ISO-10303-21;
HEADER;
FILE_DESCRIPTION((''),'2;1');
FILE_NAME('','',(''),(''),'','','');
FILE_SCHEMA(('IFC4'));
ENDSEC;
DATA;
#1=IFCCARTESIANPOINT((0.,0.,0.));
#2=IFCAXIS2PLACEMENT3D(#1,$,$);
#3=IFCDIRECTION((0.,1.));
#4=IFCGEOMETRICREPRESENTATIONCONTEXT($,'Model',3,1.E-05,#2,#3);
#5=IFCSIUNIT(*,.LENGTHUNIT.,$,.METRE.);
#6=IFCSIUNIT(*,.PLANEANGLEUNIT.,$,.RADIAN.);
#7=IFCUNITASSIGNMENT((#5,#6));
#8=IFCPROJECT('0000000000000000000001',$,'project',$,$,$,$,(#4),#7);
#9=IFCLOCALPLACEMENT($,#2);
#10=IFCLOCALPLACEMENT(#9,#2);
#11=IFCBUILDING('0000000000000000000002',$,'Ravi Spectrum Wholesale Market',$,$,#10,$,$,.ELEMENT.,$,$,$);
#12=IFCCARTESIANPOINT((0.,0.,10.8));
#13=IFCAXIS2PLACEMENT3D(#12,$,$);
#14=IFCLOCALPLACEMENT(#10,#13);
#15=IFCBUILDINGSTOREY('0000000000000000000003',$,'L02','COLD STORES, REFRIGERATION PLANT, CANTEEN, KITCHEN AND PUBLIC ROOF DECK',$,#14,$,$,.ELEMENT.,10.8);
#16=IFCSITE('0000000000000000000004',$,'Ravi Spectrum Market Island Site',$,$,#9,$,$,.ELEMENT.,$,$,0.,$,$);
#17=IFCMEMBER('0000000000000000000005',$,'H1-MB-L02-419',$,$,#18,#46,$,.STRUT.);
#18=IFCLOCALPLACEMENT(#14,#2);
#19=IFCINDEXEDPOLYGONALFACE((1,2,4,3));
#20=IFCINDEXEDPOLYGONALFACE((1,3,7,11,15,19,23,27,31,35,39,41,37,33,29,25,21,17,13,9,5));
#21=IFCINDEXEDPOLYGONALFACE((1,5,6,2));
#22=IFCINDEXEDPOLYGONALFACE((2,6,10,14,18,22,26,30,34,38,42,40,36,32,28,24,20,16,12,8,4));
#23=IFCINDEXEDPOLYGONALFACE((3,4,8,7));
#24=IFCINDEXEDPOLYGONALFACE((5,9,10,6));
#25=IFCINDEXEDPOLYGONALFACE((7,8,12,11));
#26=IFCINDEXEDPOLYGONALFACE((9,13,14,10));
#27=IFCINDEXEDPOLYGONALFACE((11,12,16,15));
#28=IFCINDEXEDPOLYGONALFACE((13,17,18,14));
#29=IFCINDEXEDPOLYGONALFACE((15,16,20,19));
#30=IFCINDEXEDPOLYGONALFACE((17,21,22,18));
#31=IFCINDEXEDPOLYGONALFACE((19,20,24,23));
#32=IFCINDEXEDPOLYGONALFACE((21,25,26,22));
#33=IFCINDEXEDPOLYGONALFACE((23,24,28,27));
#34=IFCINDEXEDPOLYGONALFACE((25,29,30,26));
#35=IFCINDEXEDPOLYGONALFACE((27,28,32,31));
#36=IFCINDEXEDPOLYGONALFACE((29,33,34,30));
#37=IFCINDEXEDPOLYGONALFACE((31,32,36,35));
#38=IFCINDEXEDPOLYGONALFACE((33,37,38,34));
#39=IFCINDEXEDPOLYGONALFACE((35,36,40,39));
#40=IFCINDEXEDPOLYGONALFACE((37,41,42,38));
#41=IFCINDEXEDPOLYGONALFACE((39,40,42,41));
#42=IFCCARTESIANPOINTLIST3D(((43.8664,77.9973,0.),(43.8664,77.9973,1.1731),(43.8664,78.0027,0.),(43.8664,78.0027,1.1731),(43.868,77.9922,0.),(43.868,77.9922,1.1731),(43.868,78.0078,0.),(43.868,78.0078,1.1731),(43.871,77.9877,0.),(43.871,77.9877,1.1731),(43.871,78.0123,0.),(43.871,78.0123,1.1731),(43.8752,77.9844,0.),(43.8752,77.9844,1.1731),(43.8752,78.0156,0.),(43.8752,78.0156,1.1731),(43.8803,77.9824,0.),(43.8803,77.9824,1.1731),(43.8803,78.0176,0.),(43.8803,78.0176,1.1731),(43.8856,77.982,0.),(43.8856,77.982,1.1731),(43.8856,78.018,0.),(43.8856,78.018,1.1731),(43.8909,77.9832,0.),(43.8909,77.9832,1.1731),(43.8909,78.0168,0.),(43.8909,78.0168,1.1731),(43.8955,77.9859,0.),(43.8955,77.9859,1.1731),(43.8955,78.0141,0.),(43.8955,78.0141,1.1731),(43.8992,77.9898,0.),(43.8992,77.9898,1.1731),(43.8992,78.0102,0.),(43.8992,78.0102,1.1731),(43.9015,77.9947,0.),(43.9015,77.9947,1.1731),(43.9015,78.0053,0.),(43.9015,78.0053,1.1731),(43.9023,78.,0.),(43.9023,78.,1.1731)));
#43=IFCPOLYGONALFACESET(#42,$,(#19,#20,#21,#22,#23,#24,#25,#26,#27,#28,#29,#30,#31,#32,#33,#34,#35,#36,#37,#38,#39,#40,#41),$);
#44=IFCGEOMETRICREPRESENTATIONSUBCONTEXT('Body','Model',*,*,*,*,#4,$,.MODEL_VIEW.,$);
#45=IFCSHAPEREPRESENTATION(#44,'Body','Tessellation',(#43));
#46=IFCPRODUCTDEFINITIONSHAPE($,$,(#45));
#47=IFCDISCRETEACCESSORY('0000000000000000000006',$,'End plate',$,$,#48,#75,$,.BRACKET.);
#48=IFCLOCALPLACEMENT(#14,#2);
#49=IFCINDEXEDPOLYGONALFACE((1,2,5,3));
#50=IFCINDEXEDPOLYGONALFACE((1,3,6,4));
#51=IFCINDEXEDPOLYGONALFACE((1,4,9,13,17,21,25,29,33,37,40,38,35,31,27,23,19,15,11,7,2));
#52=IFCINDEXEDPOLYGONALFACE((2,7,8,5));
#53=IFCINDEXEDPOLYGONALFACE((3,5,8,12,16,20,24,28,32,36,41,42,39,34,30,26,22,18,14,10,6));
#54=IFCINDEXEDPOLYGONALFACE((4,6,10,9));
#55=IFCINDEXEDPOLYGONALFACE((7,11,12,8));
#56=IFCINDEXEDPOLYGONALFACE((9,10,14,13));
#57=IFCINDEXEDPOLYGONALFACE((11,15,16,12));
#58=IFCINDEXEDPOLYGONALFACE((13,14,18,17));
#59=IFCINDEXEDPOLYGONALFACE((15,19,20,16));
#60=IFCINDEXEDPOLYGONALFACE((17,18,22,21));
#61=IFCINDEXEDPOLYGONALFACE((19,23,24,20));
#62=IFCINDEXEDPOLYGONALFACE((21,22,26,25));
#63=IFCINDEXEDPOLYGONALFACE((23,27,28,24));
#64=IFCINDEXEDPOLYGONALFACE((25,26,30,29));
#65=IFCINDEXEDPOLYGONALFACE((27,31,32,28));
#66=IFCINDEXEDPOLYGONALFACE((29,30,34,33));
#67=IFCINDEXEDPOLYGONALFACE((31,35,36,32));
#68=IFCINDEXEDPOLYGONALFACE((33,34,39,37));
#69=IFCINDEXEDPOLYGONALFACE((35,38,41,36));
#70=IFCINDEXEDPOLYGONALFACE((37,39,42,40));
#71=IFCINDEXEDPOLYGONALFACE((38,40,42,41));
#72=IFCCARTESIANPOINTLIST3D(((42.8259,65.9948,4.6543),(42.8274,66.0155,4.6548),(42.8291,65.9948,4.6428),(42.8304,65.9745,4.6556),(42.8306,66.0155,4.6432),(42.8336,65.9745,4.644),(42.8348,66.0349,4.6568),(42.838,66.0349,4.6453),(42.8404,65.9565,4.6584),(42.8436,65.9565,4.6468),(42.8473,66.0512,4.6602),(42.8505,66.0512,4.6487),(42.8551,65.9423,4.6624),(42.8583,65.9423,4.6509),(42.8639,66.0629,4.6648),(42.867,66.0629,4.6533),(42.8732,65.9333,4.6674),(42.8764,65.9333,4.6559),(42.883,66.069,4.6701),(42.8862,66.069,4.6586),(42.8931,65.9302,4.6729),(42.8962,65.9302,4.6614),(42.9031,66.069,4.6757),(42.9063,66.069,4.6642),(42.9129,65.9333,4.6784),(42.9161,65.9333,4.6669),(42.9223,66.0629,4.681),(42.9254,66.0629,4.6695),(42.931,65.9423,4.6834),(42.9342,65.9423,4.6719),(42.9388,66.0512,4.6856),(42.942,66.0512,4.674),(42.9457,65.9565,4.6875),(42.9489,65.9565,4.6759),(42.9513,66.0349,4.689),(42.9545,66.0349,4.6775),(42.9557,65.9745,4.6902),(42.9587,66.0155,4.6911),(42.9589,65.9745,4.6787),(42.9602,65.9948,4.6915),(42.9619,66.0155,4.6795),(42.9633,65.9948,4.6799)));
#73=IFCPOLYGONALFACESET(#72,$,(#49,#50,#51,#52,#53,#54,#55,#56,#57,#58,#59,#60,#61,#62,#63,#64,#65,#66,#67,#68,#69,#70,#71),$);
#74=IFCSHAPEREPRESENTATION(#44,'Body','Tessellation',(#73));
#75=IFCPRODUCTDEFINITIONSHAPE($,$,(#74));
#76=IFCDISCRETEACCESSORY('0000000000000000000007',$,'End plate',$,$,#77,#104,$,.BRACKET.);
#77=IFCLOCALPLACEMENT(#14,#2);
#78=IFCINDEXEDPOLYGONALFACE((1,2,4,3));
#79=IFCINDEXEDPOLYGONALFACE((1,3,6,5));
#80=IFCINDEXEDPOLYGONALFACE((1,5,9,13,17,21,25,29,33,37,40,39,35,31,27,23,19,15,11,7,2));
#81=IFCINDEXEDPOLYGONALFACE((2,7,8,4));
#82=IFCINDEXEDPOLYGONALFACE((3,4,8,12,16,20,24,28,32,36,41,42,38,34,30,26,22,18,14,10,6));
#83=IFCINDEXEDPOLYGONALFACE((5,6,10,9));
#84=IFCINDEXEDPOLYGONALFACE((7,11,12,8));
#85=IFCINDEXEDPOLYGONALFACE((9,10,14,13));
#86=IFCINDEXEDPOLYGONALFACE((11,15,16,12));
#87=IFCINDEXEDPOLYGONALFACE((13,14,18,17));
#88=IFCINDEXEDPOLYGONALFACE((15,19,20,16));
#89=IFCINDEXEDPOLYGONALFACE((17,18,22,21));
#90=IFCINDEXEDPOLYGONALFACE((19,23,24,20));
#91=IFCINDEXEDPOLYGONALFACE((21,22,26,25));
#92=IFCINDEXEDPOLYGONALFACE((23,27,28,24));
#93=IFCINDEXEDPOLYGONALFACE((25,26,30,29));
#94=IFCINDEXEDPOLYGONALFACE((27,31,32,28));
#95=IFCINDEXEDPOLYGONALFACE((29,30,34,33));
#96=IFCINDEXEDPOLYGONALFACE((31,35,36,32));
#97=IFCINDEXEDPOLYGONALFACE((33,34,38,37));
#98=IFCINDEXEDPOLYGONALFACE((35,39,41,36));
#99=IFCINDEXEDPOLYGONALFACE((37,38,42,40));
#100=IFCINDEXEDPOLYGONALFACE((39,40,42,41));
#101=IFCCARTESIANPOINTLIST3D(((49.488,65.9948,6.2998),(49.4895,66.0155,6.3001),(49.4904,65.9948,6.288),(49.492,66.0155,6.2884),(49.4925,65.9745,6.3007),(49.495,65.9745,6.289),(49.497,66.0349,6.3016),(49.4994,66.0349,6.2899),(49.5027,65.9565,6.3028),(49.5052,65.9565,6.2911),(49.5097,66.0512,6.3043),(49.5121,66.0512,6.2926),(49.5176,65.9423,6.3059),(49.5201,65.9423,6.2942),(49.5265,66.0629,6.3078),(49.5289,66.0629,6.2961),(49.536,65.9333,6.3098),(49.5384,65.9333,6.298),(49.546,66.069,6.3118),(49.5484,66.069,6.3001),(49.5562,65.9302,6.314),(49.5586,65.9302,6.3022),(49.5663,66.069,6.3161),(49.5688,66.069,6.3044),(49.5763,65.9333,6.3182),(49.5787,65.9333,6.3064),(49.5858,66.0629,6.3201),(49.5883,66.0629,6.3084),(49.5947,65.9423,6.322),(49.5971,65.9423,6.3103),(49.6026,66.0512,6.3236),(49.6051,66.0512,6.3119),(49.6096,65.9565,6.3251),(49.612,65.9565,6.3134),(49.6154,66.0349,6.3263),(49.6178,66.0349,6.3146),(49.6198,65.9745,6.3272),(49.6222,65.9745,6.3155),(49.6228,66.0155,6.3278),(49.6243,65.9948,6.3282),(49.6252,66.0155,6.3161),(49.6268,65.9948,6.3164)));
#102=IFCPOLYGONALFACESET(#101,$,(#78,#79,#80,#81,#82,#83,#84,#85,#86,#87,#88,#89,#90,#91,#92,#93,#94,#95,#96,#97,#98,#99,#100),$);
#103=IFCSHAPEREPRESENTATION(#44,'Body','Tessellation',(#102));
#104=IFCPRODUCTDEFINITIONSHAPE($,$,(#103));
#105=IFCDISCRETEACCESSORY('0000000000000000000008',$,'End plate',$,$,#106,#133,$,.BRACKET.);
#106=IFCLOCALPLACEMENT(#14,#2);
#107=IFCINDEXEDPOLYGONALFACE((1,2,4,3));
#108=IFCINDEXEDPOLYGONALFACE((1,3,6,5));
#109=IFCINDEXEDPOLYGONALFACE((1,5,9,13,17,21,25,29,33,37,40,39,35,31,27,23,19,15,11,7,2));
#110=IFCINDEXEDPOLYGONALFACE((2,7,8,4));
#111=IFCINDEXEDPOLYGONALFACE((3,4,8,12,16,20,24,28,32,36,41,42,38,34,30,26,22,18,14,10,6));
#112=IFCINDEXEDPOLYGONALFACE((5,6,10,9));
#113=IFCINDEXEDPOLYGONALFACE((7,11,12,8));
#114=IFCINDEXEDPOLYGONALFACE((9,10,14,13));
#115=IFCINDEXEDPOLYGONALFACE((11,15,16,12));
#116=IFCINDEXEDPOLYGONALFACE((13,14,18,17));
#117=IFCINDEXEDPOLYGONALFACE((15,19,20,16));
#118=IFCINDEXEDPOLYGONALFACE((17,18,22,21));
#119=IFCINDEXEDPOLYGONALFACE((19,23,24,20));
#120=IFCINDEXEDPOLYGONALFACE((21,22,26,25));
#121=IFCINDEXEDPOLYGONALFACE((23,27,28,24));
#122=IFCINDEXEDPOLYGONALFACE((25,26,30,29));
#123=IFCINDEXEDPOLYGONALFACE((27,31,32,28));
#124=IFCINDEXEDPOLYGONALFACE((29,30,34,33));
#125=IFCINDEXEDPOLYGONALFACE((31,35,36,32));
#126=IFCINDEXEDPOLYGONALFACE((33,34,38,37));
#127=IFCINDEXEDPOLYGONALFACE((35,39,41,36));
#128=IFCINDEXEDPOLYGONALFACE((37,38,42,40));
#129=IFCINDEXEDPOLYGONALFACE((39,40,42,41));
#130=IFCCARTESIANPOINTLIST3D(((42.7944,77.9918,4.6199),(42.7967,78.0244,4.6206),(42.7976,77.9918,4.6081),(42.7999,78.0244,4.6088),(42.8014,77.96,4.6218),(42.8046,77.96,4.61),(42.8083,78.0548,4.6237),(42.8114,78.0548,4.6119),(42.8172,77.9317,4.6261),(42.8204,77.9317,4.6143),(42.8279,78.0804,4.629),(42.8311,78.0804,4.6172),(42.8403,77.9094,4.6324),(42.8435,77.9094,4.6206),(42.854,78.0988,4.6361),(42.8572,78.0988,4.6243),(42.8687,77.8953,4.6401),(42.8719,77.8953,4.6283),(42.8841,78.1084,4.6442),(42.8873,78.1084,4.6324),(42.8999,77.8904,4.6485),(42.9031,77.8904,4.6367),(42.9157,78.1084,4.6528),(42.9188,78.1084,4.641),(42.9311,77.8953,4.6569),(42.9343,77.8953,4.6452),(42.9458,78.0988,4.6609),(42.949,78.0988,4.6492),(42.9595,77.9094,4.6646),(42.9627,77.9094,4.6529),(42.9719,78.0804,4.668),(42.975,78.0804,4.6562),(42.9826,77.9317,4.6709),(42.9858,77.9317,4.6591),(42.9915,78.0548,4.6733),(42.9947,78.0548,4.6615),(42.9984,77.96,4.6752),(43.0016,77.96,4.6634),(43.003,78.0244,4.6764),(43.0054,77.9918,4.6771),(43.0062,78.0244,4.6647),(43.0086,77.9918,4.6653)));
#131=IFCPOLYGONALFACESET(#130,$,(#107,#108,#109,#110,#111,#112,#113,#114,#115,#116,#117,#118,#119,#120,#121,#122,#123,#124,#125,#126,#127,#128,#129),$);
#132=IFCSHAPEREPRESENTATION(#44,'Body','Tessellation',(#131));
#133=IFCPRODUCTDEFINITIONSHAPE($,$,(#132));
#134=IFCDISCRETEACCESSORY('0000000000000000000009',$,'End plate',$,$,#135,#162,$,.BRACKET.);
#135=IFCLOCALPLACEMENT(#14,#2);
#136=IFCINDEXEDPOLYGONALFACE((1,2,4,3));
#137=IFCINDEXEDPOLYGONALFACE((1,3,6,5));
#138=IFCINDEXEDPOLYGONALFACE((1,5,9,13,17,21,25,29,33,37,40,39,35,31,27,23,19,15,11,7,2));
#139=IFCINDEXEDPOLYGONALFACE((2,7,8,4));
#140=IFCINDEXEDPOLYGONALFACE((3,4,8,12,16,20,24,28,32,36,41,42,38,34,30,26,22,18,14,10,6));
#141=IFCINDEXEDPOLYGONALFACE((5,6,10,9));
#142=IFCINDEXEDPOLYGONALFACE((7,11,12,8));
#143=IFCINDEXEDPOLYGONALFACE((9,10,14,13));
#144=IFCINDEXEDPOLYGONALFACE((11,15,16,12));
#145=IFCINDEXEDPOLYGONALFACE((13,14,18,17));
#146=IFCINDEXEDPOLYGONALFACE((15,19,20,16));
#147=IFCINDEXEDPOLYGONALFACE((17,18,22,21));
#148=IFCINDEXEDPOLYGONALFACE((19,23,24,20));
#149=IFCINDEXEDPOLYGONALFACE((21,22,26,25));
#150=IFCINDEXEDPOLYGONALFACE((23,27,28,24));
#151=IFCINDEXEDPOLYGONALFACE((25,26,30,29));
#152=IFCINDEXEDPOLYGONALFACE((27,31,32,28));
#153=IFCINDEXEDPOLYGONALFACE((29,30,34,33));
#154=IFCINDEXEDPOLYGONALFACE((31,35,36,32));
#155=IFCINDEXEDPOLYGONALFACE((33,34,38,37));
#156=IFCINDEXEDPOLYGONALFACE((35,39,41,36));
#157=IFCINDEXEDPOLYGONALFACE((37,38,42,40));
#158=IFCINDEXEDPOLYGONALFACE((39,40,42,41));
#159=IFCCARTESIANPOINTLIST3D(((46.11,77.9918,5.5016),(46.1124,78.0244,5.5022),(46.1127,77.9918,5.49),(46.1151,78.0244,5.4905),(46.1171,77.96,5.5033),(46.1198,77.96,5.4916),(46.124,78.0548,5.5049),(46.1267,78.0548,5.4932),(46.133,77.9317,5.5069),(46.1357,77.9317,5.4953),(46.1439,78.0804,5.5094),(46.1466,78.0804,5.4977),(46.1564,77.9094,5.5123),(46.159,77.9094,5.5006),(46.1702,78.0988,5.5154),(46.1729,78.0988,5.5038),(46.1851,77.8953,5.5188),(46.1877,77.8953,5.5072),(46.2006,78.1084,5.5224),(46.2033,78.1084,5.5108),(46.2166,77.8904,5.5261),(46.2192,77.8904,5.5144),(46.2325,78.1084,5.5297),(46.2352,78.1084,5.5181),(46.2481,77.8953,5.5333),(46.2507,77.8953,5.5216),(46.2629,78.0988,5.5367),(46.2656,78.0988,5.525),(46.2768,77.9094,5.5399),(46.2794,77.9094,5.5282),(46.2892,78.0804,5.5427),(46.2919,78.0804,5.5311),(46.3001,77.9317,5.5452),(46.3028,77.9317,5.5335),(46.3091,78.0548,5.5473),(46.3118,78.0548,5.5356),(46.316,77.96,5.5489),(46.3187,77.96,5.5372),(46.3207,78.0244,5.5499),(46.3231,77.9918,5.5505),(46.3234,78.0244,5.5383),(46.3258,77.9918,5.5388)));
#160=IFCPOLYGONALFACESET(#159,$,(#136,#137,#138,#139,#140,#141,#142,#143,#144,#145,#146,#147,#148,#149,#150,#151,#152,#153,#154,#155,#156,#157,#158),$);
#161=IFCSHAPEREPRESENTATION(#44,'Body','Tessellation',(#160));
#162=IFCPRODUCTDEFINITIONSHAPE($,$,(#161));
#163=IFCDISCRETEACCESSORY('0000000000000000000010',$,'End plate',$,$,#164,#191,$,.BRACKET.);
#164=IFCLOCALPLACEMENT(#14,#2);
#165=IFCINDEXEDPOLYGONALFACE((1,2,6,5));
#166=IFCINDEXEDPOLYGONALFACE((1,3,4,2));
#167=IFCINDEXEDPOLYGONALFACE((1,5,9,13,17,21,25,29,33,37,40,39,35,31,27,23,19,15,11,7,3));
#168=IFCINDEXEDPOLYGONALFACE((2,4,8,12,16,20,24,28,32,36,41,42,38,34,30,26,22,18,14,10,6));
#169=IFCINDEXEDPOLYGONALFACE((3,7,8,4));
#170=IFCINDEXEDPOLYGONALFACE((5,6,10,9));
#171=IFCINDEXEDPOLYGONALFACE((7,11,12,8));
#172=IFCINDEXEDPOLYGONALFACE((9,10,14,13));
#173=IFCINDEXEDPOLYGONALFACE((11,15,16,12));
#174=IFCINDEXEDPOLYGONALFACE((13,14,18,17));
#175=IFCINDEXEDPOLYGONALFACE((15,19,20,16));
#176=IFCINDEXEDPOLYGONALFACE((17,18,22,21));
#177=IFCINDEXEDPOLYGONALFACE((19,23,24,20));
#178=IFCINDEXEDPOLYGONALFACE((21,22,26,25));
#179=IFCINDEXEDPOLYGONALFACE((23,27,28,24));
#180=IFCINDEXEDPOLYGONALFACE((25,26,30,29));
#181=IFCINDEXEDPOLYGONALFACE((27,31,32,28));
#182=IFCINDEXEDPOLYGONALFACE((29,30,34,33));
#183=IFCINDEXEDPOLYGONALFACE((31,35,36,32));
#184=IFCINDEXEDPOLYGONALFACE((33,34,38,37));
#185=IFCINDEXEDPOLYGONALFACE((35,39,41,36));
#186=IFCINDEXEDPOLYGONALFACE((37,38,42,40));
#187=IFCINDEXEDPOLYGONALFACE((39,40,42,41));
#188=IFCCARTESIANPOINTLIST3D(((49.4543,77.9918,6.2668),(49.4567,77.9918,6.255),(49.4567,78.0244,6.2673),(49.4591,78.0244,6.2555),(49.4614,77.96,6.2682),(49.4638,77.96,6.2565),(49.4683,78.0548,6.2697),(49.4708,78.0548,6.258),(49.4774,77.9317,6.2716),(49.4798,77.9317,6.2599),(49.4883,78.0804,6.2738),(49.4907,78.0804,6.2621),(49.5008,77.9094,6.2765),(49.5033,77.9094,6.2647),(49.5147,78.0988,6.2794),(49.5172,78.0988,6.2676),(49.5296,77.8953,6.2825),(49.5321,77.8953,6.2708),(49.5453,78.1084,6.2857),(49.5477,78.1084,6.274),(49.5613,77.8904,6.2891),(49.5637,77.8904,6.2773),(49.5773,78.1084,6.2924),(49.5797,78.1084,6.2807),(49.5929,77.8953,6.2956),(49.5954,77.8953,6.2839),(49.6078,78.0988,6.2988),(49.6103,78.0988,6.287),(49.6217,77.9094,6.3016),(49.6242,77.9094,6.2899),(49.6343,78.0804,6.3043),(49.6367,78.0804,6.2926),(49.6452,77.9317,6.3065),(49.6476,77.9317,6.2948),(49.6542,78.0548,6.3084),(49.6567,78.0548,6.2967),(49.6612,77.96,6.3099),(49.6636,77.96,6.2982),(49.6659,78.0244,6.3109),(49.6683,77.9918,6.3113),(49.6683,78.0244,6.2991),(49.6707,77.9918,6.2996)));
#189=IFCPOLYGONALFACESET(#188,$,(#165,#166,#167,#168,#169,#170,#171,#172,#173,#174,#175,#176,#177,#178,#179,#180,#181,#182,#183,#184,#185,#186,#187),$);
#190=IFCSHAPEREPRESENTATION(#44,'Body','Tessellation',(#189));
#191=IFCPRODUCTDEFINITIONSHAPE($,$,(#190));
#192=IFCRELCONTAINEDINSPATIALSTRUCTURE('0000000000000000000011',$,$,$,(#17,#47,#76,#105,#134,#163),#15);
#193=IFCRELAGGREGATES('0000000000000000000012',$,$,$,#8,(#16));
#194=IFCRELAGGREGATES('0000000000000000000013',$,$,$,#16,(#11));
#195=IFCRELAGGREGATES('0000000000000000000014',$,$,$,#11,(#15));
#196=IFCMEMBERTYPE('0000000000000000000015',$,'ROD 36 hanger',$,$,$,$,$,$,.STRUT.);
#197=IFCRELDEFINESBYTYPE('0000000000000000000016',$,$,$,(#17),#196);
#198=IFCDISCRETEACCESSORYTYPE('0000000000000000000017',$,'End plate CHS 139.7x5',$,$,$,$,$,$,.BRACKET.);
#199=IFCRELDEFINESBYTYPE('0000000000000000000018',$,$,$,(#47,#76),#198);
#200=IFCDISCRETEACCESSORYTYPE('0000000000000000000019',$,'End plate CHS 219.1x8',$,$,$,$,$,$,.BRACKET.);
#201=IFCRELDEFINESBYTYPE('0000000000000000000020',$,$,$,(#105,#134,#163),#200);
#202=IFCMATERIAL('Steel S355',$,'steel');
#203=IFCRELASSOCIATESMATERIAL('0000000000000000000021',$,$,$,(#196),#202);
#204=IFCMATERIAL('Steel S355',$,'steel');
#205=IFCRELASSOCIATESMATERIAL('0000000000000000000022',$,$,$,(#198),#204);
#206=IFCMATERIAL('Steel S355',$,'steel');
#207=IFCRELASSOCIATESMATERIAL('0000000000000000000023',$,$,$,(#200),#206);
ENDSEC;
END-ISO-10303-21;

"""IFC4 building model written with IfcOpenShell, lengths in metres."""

from ifc_helpers import new_model, si_unit, direction, frame, origin, origin_2d, place, context, subcontext, project, spatial, circle, extrude, material, material_profile, profile_set, type_object, element, save


model = new_model("IFC4")

# Units and contexts
model_context = context("Model", 3, precision=1e-05, world=origin(), true_north=direction((0.0, 1.0)))
body_context = subcontext(model_context, "Body", "Model", "MODEL_VIEW")
ifc_project = project(units=[si_unit("LENGTHUNIT", "METRE"), si_unit("PLANEANGLEUNIT", "RADIAN")], contexts=[model_context])

# Site, building, storey
site_placement = place(None, origin())
site = spatial("IfcSite", under=ifc_project, at=site_placement, Name="Ravi Spectrum Market Island Site", CompositionType="ELEMENT", RefElevation=0.0)
building_placement = place(site_placement, origin())
building = spatial("IfcBuilding", under=site, at=building_placement, Name="Ravi Spectrum Wholesale Market", CompositionType="ELEMENT")
storey_placement = place(building_placement, frame((0.0, 0.0, 10.8)))
storey = spatial("IfcBuildingStorey", under=building, at=storey_placement, Name="L02", Description="COLD STORES, REFRIGERATION PLANT, CANTEEN, KITCHEN AND PUBLIC ROOF DECK", CompositionType="ELEMENT", Elevation=10.8)

# Member
ifc_material_1 = material(Name="Steel S355", Category="steel")
ifc_material_profile_1 = material_profile(ifc_material_1, circle(Radius=0.0181, at=origin_2d()))
ifc_profile_set_1 = profile_set([ifc_material_profile_1], Name="Steel S355")
member_type_1 = type_object("IfcMemberType", Name="ROD 36 hanger", PredefinedType="STRUT", material=ifc_profile_set_1)
member_1_placement = place(storey_placement, frame((43.8843, 78.0, 0.0), z_axis=(0.0, 0.0, 1.0), x_axis=(1.0, 0.0, 0.0)))
element("IfcMember", 1, at=member_1_placement, inside=storey, type_object=member_type_1, Name="H1-MB-L02-419", PredefinedType="STRUT", context=body_context, shape_type="SweptSolid", body=[
    extrude(circle(Radius=0.0181, at=origin_2d()), origin(), (0.0, 0.0, 1.0), 1.1731),
])

# Discrete accessories
ifc_material_2 = material(Name="Steel S355", Category="steel")
ifc_material_profile_2 = material_profile(ifc_material_2, circle(Radius=0.0698, at=origin_2d()))
ifc_profile_set_2 = profile_set([ifc_material_profile_2], Name="Steel S355")
discrete_accessory_type_1 = type_object("IfcDiscreteAccessoryType", Name="End plate CHS 139.7x5", PredefinedType="BRACKET", material=ifc_profile_set_2)
for number, where, z_axis, x_axis, name in (
    (2, (42.8962, 66.0, 4.6614), (-0.266586, 0.0, 0.963811), (0.0, -1.0, 0.0), "End plate"),
    (3, (49.5586, 66.0, 6.3022), (-0.203954, 0.0, 0.97898), (0.0, -1.0, 0.0), "End plate"),
):
    element("IfcDiscreteAccessory", number, at=place(storey_placement, frame(where, z_axis=z_axis, x_axis=x_axis)), inside=storey, type_object=discrete_accessory_type_1, Name=name, PredefinedType="BRACKET", context=body_context, shape_type="SweptSolid", body=[
        extrude(circle(Radius=0.0698, at=origin_2d()), origin(), (0.0, 0.0, 1.0), 0.012),
    ])
ifc_material_3 = material(Name="Steel S355", Category="steel")
ifc_material_profile_3 = material_profile(ifc_material_3, circle(Radius=0.1096, at=origin_2d()))
ifc_profile_set_3 = profile_set([ifc_material_profile_3], Name="Steel S355")
discrete_accessory_type_2 = type_object("IfcDiscreteAccessoryType", Name="End plate CHS 219.1x8", PredefinedType="BRACKET", material=ifc_profile_set_3)
discrete_accessory_placement = place(storey_placement, frame((42.9031, 78.0, 4.6367), z_axis=(-0.261415, 0.0, 0.965226), x_axis=(0.0, -1.0, 0.0)))
element("IfcDiscreteAccessory", 4, at=discrete_accessory_placement, inside=storey, type_object=discrete_accessory_type_2, Name="End plate", PredefinedType="BRACKET", context=body_context, shape_type="SweptSolid", body=[
    extrude(circle(Radius=0.1096, at=origin_2d()), origin(), (0.0, 0.0, 1.0), 0.0122),
])
for number, where, z_axis, x_axis, name in (
    (5, (46.2192, 78.0, 5.5144), (-0.223376, 0.0, 0.974732), (0.0, -1.0, 0.0), "End plate"),
    (6, (49.5637, 78.0, 6.2773), (-0.203954, 0.0, 0.97898), (0.0, -1.0, 0.0), "End plate"),
):
    element("IfcDiscreteAccessory", number, at=place(storey_placement, frame(where, z_axis=z_axis, x_axis=x_axis)), inside=storey, type_object=discrete_accessory_type_2, Name=name, PredefinedType="BRACKET", context=body_context, shape_type="SweptSolid", body=[
        extrude(circle(Radius=0.1096, at=origin_2d()), origin(), (0.0, 0.0, 1.0), 0.012),
    ])

save(model, "model.ifc")
